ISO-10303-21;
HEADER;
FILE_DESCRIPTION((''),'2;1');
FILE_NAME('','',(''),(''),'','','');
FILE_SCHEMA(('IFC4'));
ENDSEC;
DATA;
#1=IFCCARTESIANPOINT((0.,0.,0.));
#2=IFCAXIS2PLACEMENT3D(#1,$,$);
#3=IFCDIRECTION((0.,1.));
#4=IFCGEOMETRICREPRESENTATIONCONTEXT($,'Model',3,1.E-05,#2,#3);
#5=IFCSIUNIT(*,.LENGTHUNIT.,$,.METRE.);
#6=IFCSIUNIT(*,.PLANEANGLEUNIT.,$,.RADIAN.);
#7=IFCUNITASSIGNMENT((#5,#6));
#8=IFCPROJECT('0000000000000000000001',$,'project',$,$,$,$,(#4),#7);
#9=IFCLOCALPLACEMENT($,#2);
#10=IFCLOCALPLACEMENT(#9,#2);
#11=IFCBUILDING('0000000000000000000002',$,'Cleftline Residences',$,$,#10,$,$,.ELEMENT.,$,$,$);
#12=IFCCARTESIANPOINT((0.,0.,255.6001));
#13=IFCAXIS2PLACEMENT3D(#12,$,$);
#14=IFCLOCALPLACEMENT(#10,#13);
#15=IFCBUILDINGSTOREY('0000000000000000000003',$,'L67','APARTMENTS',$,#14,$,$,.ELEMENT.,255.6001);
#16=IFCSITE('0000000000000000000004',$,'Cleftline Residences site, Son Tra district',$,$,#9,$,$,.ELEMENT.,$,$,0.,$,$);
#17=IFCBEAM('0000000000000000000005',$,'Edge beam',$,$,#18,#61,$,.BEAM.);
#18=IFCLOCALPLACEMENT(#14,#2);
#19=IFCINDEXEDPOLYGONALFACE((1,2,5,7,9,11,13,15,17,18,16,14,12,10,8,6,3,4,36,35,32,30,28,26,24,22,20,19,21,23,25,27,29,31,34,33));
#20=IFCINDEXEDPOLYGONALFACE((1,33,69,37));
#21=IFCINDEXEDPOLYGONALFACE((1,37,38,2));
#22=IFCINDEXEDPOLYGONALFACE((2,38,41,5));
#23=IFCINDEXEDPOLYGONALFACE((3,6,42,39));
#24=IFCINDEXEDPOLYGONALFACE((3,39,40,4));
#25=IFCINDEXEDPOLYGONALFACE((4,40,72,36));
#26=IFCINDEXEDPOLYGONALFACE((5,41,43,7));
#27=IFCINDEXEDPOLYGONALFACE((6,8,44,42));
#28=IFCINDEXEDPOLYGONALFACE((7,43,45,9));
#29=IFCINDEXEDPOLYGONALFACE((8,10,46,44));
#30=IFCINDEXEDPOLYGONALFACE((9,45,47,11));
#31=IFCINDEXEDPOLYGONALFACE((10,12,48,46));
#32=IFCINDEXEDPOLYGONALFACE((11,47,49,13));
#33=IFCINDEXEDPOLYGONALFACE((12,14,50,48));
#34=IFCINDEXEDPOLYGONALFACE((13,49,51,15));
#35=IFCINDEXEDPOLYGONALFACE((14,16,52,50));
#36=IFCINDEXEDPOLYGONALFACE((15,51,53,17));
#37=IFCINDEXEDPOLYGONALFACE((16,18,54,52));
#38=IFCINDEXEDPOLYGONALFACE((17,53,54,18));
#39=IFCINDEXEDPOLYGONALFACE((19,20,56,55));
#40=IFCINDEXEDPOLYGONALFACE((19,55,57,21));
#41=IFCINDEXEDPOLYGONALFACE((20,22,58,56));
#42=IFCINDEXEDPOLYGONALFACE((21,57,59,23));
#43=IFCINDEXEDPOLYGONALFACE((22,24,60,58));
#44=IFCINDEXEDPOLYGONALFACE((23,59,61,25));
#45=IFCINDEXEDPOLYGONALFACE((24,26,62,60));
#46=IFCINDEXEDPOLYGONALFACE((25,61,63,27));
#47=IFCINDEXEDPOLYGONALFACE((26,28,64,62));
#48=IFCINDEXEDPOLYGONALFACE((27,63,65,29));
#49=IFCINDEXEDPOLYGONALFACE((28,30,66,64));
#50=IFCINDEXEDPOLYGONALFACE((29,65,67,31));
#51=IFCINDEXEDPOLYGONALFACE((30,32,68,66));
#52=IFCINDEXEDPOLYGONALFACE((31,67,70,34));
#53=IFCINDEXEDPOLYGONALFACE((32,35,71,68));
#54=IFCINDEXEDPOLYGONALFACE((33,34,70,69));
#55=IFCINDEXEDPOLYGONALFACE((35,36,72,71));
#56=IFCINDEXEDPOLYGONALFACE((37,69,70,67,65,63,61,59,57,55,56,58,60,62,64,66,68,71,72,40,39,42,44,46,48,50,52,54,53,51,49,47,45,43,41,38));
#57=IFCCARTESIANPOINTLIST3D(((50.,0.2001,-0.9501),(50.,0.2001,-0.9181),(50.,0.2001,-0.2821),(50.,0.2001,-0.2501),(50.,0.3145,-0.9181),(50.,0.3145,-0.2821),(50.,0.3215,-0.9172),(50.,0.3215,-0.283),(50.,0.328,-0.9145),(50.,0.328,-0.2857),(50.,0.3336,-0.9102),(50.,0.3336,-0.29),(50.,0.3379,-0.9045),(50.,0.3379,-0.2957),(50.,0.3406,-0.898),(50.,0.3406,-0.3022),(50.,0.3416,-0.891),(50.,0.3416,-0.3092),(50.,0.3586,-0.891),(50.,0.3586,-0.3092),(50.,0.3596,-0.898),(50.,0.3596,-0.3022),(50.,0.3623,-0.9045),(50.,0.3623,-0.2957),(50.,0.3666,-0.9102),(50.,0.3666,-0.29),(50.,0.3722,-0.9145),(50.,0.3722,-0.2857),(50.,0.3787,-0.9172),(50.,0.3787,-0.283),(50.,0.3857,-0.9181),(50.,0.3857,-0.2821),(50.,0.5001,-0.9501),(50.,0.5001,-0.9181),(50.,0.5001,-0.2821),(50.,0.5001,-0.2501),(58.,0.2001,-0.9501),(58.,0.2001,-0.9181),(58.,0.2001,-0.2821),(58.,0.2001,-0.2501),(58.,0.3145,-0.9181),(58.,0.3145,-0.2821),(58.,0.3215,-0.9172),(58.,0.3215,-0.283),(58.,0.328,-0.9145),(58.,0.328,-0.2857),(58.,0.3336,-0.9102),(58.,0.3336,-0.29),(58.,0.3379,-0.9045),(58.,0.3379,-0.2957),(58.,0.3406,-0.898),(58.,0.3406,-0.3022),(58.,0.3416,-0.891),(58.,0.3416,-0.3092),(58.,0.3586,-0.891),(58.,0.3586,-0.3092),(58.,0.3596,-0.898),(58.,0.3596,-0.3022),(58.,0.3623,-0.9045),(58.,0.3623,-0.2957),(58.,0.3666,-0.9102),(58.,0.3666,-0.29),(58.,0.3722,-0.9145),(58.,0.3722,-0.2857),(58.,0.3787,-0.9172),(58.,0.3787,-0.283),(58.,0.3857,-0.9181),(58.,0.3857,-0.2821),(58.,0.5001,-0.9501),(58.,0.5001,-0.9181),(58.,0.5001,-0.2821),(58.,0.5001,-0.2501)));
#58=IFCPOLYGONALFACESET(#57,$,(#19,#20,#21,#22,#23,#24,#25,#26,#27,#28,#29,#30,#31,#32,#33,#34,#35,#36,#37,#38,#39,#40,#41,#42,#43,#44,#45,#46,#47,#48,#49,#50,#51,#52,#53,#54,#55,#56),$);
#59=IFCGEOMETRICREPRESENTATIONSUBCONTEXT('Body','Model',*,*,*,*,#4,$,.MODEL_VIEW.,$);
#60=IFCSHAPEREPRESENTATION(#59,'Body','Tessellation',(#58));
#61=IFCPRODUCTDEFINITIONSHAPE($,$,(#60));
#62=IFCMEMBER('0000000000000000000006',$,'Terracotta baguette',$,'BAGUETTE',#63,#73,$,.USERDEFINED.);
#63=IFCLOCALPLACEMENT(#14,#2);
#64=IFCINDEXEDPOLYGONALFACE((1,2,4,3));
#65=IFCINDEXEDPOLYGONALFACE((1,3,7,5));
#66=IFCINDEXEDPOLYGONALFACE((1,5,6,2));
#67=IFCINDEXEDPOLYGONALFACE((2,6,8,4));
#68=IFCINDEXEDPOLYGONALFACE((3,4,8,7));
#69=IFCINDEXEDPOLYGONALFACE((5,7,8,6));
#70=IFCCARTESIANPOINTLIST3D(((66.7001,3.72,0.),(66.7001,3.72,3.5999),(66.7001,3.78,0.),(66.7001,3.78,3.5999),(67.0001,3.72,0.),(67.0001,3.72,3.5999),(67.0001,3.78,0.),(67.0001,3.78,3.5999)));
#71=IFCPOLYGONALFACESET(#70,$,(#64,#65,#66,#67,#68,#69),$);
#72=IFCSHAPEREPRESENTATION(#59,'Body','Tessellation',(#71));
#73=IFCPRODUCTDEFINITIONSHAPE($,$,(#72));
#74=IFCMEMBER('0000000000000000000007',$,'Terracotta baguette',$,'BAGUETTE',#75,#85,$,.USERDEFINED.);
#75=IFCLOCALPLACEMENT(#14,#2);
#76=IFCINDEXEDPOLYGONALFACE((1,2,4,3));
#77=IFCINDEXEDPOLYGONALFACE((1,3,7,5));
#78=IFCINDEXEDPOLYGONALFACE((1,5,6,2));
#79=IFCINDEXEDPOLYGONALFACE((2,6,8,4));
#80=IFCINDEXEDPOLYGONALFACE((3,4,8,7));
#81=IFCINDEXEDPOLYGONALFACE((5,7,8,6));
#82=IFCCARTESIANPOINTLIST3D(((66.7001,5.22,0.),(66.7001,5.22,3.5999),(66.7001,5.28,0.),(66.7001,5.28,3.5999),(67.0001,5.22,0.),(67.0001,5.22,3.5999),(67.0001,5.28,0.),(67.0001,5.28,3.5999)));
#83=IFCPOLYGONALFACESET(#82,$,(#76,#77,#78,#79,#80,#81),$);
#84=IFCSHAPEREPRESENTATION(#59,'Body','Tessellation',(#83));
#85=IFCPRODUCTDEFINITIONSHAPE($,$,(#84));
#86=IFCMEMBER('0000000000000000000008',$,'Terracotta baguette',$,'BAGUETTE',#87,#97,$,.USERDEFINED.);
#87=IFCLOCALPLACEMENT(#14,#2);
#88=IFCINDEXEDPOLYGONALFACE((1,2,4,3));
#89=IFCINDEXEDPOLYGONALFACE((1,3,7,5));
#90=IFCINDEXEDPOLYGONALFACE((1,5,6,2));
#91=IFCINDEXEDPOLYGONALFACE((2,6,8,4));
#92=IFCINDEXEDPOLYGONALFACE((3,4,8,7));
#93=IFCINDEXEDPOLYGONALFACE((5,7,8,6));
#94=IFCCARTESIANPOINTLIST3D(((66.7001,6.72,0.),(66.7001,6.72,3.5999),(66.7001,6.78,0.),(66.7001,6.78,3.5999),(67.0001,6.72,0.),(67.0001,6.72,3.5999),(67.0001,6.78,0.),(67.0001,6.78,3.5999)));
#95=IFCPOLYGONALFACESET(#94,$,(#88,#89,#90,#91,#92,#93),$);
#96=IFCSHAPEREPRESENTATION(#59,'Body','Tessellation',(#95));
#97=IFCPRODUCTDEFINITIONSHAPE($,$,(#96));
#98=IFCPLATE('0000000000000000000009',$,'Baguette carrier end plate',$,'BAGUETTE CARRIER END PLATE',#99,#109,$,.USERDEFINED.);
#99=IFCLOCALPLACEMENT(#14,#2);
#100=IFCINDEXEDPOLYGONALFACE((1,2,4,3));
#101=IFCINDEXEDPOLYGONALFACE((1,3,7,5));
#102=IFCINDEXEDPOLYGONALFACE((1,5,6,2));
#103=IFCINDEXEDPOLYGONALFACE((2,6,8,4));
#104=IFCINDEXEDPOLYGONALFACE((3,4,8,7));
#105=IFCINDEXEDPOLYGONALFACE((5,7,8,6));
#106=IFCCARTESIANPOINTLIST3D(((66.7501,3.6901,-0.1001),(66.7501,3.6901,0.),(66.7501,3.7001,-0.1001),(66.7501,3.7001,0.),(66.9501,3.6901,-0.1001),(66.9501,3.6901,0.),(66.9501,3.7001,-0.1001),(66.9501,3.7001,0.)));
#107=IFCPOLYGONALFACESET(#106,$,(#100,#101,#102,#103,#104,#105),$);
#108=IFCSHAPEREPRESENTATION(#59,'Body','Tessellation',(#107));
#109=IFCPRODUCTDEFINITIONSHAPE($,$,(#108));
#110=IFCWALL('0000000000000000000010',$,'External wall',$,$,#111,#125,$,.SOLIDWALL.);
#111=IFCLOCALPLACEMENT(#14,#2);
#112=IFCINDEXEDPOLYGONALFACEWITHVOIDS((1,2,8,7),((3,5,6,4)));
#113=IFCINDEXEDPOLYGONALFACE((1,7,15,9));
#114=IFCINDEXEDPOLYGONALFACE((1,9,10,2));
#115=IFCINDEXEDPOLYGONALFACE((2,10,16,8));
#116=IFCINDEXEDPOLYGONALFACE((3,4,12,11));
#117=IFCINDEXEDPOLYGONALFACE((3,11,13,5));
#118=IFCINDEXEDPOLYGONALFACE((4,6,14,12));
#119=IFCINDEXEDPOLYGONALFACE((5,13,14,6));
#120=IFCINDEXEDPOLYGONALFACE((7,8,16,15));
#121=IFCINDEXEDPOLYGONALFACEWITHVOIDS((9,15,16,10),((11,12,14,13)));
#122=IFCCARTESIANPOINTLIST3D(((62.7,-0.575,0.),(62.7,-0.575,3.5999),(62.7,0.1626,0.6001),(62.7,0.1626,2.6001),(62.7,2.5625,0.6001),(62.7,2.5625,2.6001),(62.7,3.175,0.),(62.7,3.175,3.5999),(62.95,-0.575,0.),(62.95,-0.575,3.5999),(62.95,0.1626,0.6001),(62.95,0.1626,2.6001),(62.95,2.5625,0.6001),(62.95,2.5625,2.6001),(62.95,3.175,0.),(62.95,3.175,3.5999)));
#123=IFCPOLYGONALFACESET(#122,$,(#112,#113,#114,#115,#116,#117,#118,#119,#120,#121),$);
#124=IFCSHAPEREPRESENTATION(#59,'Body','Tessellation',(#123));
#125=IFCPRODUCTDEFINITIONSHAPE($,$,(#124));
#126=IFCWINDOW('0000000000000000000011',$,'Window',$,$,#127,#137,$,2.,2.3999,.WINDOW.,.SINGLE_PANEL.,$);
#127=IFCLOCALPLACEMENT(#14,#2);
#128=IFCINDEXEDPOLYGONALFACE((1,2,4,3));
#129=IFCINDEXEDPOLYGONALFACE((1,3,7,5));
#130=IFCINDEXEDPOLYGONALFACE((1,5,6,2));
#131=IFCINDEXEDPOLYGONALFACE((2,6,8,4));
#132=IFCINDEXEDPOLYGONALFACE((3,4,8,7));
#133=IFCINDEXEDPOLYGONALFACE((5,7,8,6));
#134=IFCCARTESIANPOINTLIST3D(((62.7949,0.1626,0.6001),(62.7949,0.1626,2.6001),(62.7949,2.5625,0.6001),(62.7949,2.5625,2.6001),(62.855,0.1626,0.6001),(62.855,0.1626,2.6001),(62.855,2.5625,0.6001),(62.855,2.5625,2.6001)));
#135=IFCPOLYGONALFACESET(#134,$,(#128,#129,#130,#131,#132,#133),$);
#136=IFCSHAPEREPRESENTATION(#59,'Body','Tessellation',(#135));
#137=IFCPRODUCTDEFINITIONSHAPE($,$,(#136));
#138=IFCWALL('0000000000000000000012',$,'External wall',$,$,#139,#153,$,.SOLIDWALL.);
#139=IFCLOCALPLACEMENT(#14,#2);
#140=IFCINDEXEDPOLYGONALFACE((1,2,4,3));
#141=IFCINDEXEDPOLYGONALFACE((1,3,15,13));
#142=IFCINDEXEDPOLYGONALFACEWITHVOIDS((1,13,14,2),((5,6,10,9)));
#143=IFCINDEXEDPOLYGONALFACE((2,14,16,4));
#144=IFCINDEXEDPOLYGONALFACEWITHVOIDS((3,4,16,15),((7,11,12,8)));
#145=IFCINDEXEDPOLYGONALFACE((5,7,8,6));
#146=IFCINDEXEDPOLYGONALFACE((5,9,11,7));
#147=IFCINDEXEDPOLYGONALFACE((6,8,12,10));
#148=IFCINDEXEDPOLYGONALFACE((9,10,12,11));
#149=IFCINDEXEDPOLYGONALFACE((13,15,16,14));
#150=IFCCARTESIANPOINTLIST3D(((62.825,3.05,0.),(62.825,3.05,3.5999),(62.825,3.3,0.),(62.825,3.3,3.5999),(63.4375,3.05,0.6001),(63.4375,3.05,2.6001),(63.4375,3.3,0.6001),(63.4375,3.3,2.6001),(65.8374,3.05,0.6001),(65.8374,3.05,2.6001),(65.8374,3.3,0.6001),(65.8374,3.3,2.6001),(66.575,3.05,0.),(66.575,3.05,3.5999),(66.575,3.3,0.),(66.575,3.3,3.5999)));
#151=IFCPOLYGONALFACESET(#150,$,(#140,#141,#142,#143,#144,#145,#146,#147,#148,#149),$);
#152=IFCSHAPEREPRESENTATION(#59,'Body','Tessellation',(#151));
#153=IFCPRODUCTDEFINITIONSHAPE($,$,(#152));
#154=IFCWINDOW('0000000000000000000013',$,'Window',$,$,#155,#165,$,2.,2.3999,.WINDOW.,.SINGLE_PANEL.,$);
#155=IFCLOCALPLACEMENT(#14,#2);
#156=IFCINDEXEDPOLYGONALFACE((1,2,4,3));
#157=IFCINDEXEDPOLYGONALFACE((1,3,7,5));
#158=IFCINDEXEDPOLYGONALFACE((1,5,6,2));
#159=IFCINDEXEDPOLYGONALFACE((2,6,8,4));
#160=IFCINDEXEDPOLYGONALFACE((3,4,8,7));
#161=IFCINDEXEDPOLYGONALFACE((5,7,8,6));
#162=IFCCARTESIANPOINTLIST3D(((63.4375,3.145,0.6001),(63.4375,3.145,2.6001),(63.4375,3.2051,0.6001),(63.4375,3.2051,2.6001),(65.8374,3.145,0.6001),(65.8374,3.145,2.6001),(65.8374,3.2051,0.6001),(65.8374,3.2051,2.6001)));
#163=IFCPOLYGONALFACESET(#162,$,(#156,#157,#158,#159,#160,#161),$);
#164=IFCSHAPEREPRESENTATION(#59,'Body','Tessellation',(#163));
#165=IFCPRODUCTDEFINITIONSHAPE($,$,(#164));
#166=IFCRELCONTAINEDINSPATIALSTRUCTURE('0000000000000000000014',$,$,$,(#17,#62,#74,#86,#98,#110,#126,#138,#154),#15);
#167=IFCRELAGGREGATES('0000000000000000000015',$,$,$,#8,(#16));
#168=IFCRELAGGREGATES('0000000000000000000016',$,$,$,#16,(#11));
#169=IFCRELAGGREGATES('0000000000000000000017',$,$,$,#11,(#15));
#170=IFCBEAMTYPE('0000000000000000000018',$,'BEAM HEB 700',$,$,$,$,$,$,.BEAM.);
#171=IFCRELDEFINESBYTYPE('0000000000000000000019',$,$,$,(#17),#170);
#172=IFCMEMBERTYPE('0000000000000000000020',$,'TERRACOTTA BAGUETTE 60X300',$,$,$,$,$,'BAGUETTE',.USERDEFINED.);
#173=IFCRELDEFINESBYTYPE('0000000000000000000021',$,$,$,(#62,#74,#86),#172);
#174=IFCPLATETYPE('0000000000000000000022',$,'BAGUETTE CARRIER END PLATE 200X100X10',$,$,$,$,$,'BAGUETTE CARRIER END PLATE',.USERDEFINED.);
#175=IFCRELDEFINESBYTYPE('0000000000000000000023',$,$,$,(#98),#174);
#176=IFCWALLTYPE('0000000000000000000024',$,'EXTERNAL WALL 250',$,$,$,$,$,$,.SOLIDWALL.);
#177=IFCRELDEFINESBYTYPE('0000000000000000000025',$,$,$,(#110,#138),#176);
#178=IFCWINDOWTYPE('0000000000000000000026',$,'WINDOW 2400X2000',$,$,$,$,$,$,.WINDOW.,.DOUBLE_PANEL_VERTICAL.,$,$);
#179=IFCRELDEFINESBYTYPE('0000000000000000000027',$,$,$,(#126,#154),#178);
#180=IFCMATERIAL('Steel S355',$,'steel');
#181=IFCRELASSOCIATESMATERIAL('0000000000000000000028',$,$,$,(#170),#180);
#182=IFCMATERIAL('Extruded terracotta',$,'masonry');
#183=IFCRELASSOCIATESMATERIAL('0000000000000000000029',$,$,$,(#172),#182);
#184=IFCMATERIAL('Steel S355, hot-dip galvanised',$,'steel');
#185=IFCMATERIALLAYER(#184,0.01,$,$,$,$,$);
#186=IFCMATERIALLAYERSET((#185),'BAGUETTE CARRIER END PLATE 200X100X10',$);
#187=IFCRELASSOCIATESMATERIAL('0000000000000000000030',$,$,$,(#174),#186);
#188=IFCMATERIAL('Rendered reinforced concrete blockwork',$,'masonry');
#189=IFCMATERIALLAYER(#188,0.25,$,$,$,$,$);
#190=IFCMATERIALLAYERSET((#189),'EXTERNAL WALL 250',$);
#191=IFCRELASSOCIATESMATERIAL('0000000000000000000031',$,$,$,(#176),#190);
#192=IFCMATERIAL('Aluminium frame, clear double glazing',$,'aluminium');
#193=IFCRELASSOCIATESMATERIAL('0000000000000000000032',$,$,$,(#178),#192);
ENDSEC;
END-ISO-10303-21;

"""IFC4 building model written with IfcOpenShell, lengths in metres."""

from ifc_helpers import new_model, si_unit, direction, frame, frame_2d, origin, origin_2d, place, context, subcontext, project, spatial, rectangle, i_section, extrude, material, layer, layer_set, material_profile, profile_set, type_object, element, fill, save


model = new_model("IFC4")

# Units and contexts
model_context = context("Model", 3, precision=1e-05, world=origin(), true_north=direction((0.0, 1.0)))
body_context = subcontext(model_context, "Body", "Model", "MODEL_VIEW")
ifc_project = project(units=[si_unit("LENGTHUNIT", "METRE"), si_unit("PLANEANGLEUNIT", "RADIAN")], contexts=[model_context])

# Site, building, storey
site_placement = place(None, origin())
site = spatial("IfcSite", under=ifc_project, at=site_placement, Name="Cleftline Residences site, Son Tra district", CompositionType="ELEMENT", RefElevation=0.0)
building_placement = place(site_placement, origin())
building = spatial("IfcBuilding", under=site, at=building_placement, Name="Cleftline Residences", CompositionType="ELEMENT")
storey_placement = place(building_placement, frame((0.0, 0.0, 255.6001)))
storey = spatial("IfcBuildingStorey", under=building, at=storey_placement, Name="L67", Description="APARTMENTS", CompositionType="ELEMENT", Elevation=255.6001)

# Beam
ifc_material_1 = material(Name="Steel S355", Category="steel")
ifc_material_profile_1 = material_profile(ifc_material_1, i_section(OverallWidth=0.3, OverallDepth=0.7, WebThickness=0.0171, FlangeThickness=0.032, FilletRadius=0.0271, at=origin_2d()))
ifc_profile_set_1 = profile_set([ifc_material_profile_1], Name="Steel S355")
beam_type = type_object("IfcBeamType", Name="BEAM HEB 700", PredefinedType="BEAM", material=ifc_profile_set_1)
beam_placement = place(storey_placement, frame((58.0, 0.3501, -0.6001), z_axis=(-1.0, 0.0, 0.0), x_axis=(0.0, -1.0, 0.0)))
element("IfcBeam", 1, at=beam_placement, inside=storey, type_object=beam_type, Name="Edge beam", PredefinedType="BEAM", context=body_context, shape_type="SweptSolid", body=[
    extrude(i_section(OverallWidth=0.3, OverallDepth=0.7, WebThickness=0.0171, FlangeThickness=0.032, FilletRadius=0.0271, at=origin_2d()), origin(), (0.0, 0.0, 1.0), 8.0),
])

# Members
ifc_material_2 = material(Name="Extruded terracotta", Category="masonry")
ifc_material_profile_2 = material_profile(ifc_material_2, rectangle(XDim=0.0601, YDim=0.3, at=origin_2d()))
ifc_profile_set_2 = profile_set([ifc_material_profile_2], Name="Extruded terracotta")
member_type_1 = type_object("IfcMemberType", Name="TERRACOTTA BAGUETTE 60X300", ElementType="BAGUETTE", PredefinedType="USERDEFINED", material=ifc_profile_set_2)
for number, where, z_axis, x_axis, name in (
    (2, (66.8501, 3.75, 0.0), (0.0, 0.0, 1.0), (0.0, 1.0, 0.0), "Terracotta baguette"),
    (3, (66.8501, 5.25, 0.0), (0.0, 0.0, 1.0), (0.0, 1.0, 0.0), "Terracotta baguette"),
    (4, (66.8501, 6.75, 0.0), (0.0, 0.0, 1.0), (0.0, 1.0, 0.0), "Terracotta baguette"),
):
    element("IfcMember", number, at=place(storey_placement, frame(where, z_axis=z_axis, x_axis=x_axis)), inside=storey, type_object=member_type_1, Name=name, ObjectType="BAGUETTE", PredefinedType="USERDEFINED", context=body_context, shape_type="SweptSolid", body=[
        extrude(rectangle(XDim=0.0601, YDim=0.3, at=origin_2d()), origin(), (0.0, 0.0, 1.0), 3.5999),
    ])

# Plate
ifc_material_3 = material(Name="Steel S355, hot-dip galvanised", Category="steel")
ifc_layer_1 = layer(ifc_material_3, 0.01)
ifc_layer_set_1 = layer_set([ifc_layer_1], Name="BAGUETTE CARRIER END PLATE 200X100X10")
plate_type = type_object("IfcPlateType", Name="BAGUETTE CARRIER END PLATE 200X100X10", ElementType="BAGUETTE CARRIER END PLATE", PredefinedType="USERDEFINED", material=ifc_layer_set_1)
plate_placement = place(storey_placement, frame((66.8501, 3.6951, -0.1001), z_axis=(0.0, 0.0, 1.0), x_axis=(1.0, 0.0, 0.0)))
element("IfcPlate", 5, at=plate_placement, inside=storey, type_object=plate_type, Name="Baguette carrier end plate", ObjectType="BAGUETTE CARRIER END PLATE", PredefinedType="USERDEFINED", context=body_context, shape_type="SweptSolid", body=[
    extrude(rectangle(XDim=0.2, YDim=0.01, at=origin_2d()), origin(), (0.0, 0.0, 1.0), 0.1001),
])

# Walls, openings, windows
ifc_material_4 = material(Name="Rendered reinforced concrete blockwork", Category="masonry")
ifc_layer_2 = layer(ifc_material_4, 0.25)
ifc_layer_set_2 = layer_set([ifc_layer_2], Name="EXTERNAL WALL 250")
wall_type_1 = type_object("IfcWallType", Name="EXTERNAL WALL 250", PredefinedType="SOLIDWALL", material=ifc_layer_set_2)
wall_1_placement = place(storey_placement, frame((62.825, -0.575, 0.0), z_axis=(0.0, 0.0, 1.0), x_axis=(0.0, 1.0, 0.0)))
wall_1 = element("IfcWall", 6, at=wall_1_placement, inside=storey, type_object=wall_type_1, Name="External wall", PredefinedType="SOLIDWALL", context=body_context, shape_type="SweptSolid", body=[
    extrude(rectangle(XDim=3.75, YDim=0.25, at=frame_2d((1.875, 0.0))), origin(), (0.0, 0.0, 1.0), 3.5999),
])
opening_1_placement = place(wall_1_placement, frame((0.7375, 0.0, 0.6001)))
opening_1 = element("IfcOpeningElement", 7, at=opening_1_placement, cuts=wall_1, PredefinedType="OPENING", context=body_context, shape_type="SweptSolid", body=[
    extrude(rectangle(XDim=2.3999, YDim=2.0, at=frame_2d((1.2, 1.0))), frame((0.0, 0.135, 0.0), z_axis=(0.0, -1.0, 0.0), x_axis=(1.0, 0.0, 0.0)), (0.0, 0.0, 1.0), 0.27),
])
ifc_material_5 = material(Name="Aluminium frame, clear double glazing", Category="aluminium")
window_type_1 = type_object("IfcWindowType", Name="WINDOW 2400X2000", PartitioningType="DOUBLE_PANEL_VERTICAL", PredefinedType="WINDOW", material=ifc_material_5)
window_1_placement = place(opening_1_placement, origin())
window_1 = element("IfcWindow", 8, at=window_1_placement, inside=storey, type_object=window_type_1, Name="Window", OverallHeight=2.0, OverallWidth=2.3999, PartitioningType="SINGLE_PANEL", PredefinedType="WINDOW", context=body_context, shape_type="SweptSolid", body=[
    extrude(rectangle(XDim=2.3999, YDim=2.0, at=frame_2d((1.2, 1.0))), frame((0.0, 0.03, 0.0), z_axis=(0.0, -1.0, 0.0), x_axis=(1.0, 0.0, 0.0)), (0.0, 0.0, 1.0), 0.0601),
])
fill(opening_1, window_1)
wall_2_placement = place(storey_placement, frame((62.825, 3.175, 0.0), z_axis=(0.0, 0.0, 1.0), x_axis=(1.0, 0.0, 0.0)))
wall_2 = element("IfcWall", 9, at=wall_2_placement, inside=storey, type_object=wall_type_1, Name="External wall", PredefinedType="SOLIDWALL", context=body_context, shape_type="SweptSolid", body=[
    extrude(rectangle(XDim=3.75, YDim=0.25, at=frame_2d((1.875, 0.0))), origin(), (0.0, 0.0, 1.0), 3.5999),
])
opening_2_placement = place(wall_2_placement, frame((0.6125, 0.0, 0.6001)))
opening_2 = element("IfcOpeningElement", 10, at=opening_2_placement, cuts=wall_2, PredefinedType="OPENING", context=body_context, shape_type="SweptSolid", body=[
    extrude(rectangle(XDim=2.3999, YDim=2.0, at=frame_2d((1.2, 1.0))), frame((0.0, 0.135, 0.0), z_axis=(0.0, -1.0, 0.0), x_axis=(1.0, 0.0, 0.0)), (0.0, 0.0, 1.0), 0.27),
])
window_2_placement = place(opening_2_placement, origin())
window_2 = element("IfcWindow", 11, at=window_2_placement, inside=storey, type_object=window_type_1, Name="Window", OverallHeight=2.0, OverallWidth=2.3999, PartitioningType="SINGLE_PANEL", PredefinedType="WINDOW", context=body_context, shape_type="SweptSolid", body=[
    extrude(rectangle(XDim=2.3999, YDim=2.0, at=frame_2d((1.2, 1.0))), frame((0.0, 0.03, 0.0), z_axis=(0.0, -1.0, 0.0), x_axis=(1.0, 0.0, 0.0)), (0.0, 0.0, 1.0), 0.0601),
])
fill(opening_2, window_2)

save(model, "model.ifc")
